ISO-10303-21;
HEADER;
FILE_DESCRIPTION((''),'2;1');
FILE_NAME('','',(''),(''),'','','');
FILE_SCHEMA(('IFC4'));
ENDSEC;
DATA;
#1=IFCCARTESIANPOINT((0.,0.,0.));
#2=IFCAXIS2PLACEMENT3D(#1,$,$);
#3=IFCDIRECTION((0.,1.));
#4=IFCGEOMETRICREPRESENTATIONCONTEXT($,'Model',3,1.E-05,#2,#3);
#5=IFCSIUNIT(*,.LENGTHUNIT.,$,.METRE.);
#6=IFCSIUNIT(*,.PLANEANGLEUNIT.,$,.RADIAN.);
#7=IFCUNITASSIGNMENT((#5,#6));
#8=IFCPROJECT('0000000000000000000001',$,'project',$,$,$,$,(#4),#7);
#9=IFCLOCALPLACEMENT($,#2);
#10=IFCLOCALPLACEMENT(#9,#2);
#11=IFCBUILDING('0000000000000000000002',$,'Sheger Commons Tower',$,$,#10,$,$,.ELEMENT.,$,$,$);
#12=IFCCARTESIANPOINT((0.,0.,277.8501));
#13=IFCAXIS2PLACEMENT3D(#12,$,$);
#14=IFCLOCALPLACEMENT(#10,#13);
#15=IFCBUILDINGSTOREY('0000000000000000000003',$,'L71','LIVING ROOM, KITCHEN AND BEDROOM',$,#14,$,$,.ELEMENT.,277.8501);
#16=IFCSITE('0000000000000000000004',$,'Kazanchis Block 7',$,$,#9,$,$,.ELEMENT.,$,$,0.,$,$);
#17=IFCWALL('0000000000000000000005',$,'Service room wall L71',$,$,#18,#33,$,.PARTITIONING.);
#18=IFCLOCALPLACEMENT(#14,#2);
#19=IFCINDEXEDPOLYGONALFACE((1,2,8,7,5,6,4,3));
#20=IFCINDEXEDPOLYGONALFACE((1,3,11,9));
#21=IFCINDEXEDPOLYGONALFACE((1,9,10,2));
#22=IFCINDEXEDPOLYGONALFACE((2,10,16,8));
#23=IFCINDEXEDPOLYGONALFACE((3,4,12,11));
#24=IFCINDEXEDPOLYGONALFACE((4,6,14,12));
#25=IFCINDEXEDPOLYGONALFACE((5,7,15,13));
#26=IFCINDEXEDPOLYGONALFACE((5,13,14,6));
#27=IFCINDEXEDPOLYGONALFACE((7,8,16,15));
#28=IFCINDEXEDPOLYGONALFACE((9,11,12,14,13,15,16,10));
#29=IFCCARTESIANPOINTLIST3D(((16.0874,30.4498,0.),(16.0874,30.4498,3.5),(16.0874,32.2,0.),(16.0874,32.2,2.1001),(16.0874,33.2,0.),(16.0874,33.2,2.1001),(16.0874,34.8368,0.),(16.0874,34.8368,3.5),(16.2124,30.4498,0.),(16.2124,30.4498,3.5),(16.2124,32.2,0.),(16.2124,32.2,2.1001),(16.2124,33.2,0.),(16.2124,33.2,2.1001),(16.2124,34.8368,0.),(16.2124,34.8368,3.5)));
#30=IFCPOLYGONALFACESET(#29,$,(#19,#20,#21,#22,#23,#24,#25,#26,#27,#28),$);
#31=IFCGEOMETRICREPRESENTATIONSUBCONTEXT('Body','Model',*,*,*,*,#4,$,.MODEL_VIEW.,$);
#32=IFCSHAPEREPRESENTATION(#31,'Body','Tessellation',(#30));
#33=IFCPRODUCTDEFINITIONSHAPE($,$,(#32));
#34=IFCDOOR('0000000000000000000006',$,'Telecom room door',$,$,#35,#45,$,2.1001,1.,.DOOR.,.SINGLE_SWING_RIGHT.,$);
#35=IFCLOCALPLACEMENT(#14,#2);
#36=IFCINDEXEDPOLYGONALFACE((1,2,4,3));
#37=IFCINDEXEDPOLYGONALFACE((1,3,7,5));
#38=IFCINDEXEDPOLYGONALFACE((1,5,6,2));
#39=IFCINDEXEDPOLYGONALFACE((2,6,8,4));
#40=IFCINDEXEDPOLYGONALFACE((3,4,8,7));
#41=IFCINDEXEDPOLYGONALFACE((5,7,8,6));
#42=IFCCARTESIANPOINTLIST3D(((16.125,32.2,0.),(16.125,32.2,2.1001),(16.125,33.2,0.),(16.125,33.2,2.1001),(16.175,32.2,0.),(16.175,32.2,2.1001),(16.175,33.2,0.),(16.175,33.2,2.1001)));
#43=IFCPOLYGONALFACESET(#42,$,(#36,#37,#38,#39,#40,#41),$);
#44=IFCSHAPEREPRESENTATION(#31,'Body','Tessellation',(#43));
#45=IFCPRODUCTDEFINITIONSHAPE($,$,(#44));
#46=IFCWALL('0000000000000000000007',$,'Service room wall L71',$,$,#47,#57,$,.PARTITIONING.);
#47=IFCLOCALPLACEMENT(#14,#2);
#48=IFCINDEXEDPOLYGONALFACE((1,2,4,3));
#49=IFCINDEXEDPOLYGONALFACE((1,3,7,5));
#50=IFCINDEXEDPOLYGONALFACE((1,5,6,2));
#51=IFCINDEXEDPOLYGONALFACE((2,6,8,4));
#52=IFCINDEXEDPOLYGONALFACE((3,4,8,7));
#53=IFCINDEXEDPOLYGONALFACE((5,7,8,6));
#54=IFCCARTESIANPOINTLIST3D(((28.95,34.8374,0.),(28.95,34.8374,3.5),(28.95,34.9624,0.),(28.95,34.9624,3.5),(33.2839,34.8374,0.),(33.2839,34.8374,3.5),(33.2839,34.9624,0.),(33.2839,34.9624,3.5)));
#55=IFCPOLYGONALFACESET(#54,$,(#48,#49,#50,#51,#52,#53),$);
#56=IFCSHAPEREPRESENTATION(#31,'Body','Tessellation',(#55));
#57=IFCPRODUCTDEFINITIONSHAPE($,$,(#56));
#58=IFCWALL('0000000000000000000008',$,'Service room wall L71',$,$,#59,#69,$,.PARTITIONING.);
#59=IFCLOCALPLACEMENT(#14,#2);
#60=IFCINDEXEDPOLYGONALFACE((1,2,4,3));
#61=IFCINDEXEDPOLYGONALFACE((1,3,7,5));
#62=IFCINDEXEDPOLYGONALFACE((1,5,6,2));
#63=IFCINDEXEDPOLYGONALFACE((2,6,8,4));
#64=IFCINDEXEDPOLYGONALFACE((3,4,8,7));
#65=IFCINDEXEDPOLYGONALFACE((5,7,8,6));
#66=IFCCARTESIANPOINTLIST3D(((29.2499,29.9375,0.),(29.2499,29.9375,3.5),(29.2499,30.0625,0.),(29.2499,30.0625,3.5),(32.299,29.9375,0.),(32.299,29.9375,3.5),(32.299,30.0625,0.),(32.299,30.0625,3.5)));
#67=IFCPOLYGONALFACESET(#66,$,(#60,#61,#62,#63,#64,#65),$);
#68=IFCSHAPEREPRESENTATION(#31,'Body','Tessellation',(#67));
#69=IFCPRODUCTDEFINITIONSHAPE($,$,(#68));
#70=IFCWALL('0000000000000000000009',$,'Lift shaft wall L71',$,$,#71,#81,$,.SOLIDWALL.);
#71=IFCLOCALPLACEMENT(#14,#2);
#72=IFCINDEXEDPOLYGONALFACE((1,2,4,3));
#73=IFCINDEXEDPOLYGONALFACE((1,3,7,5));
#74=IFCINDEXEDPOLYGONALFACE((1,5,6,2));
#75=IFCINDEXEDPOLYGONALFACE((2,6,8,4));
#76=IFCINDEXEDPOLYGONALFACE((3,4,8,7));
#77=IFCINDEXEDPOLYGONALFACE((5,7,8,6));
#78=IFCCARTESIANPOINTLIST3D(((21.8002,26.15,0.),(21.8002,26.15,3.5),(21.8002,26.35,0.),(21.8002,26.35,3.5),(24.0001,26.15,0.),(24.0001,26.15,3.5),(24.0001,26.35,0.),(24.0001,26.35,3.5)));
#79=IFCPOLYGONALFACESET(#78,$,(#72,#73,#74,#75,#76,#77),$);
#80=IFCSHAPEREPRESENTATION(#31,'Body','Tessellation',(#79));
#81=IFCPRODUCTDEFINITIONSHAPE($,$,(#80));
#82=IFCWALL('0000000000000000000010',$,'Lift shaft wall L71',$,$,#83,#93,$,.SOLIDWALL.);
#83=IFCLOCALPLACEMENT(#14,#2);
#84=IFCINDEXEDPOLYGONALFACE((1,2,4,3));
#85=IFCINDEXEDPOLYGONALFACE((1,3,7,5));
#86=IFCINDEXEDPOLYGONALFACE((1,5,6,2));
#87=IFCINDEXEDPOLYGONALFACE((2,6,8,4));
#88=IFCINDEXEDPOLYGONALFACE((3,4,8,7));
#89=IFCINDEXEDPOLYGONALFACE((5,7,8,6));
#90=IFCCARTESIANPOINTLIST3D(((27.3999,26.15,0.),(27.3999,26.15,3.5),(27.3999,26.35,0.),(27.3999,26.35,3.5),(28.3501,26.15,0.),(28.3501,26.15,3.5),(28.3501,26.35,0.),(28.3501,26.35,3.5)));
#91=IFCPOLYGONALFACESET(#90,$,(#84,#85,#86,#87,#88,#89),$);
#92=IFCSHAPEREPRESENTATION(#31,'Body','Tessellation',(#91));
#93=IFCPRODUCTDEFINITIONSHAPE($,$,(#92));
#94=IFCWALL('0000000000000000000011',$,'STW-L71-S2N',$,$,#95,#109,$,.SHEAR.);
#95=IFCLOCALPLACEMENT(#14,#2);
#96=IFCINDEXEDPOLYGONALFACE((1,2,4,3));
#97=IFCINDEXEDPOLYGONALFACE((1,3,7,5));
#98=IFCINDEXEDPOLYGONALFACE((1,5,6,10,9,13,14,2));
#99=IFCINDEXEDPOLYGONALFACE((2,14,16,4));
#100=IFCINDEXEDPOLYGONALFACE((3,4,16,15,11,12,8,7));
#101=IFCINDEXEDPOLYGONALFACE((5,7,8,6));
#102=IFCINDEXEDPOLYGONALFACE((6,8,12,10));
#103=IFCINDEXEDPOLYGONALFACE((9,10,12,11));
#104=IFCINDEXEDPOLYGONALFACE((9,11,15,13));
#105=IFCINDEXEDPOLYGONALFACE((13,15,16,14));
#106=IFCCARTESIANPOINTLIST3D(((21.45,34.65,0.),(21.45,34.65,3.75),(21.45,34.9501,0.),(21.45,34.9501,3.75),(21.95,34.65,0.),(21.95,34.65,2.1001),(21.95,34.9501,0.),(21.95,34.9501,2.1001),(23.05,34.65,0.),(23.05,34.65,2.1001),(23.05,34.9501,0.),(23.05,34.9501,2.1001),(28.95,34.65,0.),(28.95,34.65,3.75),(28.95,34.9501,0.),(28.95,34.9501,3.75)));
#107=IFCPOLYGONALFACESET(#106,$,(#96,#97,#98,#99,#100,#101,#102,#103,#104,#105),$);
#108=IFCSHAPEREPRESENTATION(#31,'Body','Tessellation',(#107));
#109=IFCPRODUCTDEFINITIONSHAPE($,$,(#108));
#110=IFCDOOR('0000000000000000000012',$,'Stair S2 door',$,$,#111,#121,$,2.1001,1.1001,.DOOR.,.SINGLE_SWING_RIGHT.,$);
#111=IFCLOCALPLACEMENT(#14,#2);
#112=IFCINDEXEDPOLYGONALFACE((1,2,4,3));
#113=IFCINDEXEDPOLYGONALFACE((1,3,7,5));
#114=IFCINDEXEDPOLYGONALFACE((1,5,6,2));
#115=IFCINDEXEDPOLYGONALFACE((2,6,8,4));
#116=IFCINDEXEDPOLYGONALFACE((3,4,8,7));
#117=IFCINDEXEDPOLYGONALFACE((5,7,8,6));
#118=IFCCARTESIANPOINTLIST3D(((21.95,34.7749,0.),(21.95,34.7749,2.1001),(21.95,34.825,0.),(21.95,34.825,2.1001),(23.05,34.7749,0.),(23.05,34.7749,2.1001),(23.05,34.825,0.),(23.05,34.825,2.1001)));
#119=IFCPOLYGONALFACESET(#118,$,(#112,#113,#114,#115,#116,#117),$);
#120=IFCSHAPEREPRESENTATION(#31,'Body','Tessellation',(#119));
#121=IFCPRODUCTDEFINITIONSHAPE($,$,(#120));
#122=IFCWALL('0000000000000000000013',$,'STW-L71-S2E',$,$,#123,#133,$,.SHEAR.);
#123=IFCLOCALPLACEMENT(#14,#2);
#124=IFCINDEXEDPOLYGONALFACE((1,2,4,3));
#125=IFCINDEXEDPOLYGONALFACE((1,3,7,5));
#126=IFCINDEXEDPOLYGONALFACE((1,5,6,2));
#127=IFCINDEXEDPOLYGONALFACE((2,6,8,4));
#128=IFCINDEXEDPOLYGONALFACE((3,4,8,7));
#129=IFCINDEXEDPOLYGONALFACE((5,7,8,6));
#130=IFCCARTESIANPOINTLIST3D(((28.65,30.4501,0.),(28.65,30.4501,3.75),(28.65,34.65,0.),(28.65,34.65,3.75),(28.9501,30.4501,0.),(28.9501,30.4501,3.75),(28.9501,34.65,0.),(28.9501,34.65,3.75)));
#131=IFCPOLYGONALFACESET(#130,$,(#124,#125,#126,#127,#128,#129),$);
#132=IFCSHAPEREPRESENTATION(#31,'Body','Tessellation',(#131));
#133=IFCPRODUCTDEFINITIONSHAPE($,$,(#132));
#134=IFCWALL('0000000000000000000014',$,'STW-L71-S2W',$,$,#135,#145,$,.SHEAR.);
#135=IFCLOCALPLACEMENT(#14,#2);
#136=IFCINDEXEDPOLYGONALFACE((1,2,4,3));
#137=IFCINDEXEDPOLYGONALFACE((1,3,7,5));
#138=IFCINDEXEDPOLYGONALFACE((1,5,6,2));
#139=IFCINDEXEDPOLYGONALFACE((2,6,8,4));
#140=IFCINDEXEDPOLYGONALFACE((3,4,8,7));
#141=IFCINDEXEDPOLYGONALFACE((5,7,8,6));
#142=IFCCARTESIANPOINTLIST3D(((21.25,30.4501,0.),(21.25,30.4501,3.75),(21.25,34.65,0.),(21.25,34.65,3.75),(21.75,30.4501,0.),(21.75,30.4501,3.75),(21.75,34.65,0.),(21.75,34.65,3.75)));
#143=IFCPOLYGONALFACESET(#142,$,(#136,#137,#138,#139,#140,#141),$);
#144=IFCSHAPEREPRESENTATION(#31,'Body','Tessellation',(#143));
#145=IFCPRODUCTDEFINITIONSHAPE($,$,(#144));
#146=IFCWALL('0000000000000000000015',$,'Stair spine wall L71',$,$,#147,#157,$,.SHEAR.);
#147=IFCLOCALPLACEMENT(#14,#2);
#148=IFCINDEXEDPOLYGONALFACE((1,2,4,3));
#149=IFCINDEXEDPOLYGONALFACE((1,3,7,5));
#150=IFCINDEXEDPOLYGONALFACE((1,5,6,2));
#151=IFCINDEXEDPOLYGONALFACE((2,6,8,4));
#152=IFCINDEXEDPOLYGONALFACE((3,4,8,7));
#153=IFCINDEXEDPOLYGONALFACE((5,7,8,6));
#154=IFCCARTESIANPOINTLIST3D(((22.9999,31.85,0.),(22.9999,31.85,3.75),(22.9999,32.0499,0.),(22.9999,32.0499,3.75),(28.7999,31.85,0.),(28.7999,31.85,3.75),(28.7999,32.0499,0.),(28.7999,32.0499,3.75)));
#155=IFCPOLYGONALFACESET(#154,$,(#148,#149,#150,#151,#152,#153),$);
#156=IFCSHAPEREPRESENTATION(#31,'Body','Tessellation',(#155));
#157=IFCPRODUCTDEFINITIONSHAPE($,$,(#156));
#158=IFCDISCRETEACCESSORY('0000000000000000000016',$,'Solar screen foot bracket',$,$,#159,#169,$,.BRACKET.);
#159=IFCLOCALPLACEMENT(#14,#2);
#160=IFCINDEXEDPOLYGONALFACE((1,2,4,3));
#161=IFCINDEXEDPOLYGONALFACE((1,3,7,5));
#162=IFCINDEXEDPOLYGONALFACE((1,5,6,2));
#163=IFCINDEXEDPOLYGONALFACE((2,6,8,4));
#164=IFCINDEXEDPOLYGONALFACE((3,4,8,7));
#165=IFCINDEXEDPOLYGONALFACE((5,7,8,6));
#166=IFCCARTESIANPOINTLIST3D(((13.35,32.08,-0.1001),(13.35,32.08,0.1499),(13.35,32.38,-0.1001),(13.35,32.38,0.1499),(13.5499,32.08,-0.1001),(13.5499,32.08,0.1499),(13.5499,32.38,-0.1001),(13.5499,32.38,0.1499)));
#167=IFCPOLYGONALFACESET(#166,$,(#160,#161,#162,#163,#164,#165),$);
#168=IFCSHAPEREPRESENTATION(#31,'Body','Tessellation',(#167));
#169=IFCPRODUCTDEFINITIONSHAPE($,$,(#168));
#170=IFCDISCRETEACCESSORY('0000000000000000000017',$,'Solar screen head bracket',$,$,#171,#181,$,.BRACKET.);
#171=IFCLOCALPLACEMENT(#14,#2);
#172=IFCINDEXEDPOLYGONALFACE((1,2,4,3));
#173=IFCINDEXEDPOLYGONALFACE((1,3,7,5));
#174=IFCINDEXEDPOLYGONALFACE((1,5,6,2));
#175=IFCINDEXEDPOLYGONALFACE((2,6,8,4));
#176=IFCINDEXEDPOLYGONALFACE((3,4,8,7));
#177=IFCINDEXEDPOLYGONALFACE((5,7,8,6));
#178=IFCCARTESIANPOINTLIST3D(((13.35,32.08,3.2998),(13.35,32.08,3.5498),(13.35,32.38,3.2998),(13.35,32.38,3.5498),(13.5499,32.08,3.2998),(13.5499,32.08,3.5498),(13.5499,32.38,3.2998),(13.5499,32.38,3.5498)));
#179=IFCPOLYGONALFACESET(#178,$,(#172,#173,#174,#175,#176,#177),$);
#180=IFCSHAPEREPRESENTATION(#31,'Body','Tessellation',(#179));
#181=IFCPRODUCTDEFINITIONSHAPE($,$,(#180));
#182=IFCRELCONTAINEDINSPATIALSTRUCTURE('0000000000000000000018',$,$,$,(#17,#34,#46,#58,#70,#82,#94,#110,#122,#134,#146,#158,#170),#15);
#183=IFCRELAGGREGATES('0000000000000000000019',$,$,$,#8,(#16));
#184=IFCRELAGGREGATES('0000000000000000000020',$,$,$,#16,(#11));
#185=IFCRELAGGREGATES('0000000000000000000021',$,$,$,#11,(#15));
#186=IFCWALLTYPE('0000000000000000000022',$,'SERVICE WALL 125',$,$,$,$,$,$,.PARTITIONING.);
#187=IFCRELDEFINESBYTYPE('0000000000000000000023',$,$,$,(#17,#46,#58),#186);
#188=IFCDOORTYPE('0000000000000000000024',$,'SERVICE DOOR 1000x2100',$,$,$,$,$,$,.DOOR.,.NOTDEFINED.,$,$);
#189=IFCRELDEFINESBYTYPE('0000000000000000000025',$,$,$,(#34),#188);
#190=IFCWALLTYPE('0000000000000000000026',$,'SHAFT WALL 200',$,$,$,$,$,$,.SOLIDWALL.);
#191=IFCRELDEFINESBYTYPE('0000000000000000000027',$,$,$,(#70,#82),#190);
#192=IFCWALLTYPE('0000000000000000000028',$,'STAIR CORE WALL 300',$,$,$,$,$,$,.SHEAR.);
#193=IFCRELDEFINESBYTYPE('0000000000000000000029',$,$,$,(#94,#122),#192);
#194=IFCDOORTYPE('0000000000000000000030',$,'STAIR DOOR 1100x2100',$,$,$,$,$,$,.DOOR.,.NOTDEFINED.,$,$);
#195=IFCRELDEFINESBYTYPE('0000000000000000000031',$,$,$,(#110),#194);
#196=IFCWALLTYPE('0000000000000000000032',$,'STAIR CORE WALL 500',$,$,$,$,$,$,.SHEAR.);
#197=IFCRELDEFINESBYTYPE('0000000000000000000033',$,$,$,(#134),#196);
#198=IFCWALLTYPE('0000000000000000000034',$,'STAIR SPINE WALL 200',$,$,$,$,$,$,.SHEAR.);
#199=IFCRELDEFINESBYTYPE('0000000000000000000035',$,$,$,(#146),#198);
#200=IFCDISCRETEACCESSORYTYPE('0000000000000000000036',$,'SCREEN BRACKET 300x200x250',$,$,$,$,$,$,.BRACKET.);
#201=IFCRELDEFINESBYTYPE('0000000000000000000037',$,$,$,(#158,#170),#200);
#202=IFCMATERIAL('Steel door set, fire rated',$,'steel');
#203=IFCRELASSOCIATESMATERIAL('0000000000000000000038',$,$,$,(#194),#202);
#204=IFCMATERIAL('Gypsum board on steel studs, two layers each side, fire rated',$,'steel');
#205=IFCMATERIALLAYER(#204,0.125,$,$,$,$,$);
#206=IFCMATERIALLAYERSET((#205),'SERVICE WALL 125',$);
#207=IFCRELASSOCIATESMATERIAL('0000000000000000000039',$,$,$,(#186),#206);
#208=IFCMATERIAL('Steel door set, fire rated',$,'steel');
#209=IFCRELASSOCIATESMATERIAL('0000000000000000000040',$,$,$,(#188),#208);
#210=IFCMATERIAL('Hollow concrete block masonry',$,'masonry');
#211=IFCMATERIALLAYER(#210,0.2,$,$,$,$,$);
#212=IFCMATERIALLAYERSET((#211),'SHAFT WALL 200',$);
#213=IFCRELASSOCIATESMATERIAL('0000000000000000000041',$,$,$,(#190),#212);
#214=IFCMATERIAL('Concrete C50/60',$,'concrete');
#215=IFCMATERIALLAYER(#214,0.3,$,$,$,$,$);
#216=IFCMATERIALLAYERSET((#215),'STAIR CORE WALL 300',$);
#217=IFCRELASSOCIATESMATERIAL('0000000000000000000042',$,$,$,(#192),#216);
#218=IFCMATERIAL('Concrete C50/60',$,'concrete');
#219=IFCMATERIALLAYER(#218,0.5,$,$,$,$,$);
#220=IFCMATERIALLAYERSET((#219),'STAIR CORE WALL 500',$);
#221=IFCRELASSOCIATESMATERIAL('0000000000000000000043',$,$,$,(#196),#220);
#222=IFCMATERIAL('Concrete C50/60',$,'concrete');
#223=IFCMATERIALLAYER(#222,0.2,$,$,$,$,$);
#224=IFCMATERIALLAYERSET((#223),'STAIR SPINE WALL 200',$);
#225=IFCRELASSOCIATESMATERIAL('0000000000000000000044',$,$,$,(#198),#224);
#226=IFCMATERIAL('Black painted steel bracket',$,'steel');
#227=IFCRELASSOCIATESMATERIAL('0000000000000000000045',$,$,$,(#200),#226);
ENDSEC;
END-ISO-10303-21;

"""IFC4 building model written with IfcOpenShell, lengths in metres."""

from ifc_helpers import new_model, si_unit, direction, frame, frame_2d, origin, origin_2d, place, context, subcontext, project, spatial, rectangle, extrude, material, layer, layer_set, type_object, element, fill, save


model = new_model("IFC4")

# Units and contexts
model_context = context("Model", 3, precision=1e-05, world=origin(), true_north=direction((0.0, 1.0)))
body_context = subcontext(model_context, "Body", "Model", "MODEL_VIEW")
ifc_project = project(units=[si_unit("LENGTHUNIT", "METRE"), si_unit("PLANEANGLEUNIT", "RADIAN")], contexts=[model_context])

# Site, building, storey
site_placement = place(None, origin())
site = spatial("IfcSite", under=ifc_project, at=site_placement, Name="Kazanchis Block 7", CompositionType="ELEMENT", RefElevation=0.0)
building_placement = place(site_placement, origin())
building = spatial("IfcBuilding", under=site, at=building_placement, Name="Sheger Commons Tower", CompositionType="ELEMENT")
storey_placement = place(building_placement, frame((0.0, 0.0, 277.8501)))
storey = spatial("IfcBuildingStorey", under=building, at=storey_placement, Name="L71", Description="LIVING ROOM, KITCHEN AND BEDROOM", CompositionType="ELEMENT", Elevation=277.8501)

# Shared definitions
ifc_material_1 = material(Name="Steel door set, fire rated", Category="steel")
door_type_1 = type_object("IfcDoorType", Name="STAIR DOOR 1100x2100", OperationType="NOTDEFINED", PredefinedType="DOOR", material=ifc_material_1)

# Wall, opening, door
ifc_material_2 = material(Name="Gypsum board on steel studs, two layers each side, fire rated", Category="steel")
ifc_layer_1 = layer(ifc_material_2, 0.125)
ifc_layer_set_1 = layer_set([ifc_layer_1], Name="SERVICE WALL 125")
wall_type_1 = type_object("IfcWallType", Name="SERVICE WALL 125", PredefinedType="PARTITIONING", material=ifc_layer_set_1)
wall_1_placement = place(storey_placement, frame((16.1499, 30.45, 0.0), z_axis=(0.0, 0.0, 1.0), x_axis=(0.0, 1.0, 0.0)))
wall_1 = element("IfcWall", 1, at=wall_1_placement, inside=storey, type_object=wall_type_1, Name="Service room wall L71", PredefinedType="PARTITIONING", context=body_context, shape_type="SweptSolid", body=[
    extrude(rectangle(XDim=4.387, YDim=0.125, at=frame_2d((2.1934, 0.0))), origin(), (0.0, 0.0, 1.0), 3.5),
])
opening_1_placement = place(wall_1_placement, frame((1.75, 0.0, 0.0)))
opening_1 = element("IfcOpeningElement", 2, at=opening_1_placement, cuts=wall_1, PredefinedType="OPENING", context=body_context, shape_type="SweptSolid", body=[
    extrude(rectangle(XDim=1.0, YDim=2.1001, at=frame_2d((0.5, 1.05))), frame((0.0, 0.0725, 0.0), z_axis=(0.0, -1.0, 0.0), x_axis=(1.0, 0.0, 0.0)), (0.0, 0.0, 1.0), 0.145),
])
ifc_material_3 = material(Name="Steel door set, fire rated", Category="steel")
door_type_2 = type_object("IfcDoorType", Name="SERVICE DOOR 1000x2100", OperationType="NOTDEFINED", PredefinedType="DOOR", material=ifc_material_3)
door_1_placement = place(opening_1_placement, origin())
door_1 = element("IfcDoor", 3, at=door_1_placement, inside=storey, type_object=door_type_2, Name="Telecom room door", OperationType="SINGLE_SWING_RIGHT", OverallHeight=2.1001, OverallWidth=1.0, PredefinedType="DOOR", context=body_context, shape_type="SweptSolid", body=[
    extrude(rectangle(XDim=1.0, YDim=2.1001, at=frame_2d((0.5, 1.05))), frame((0.0, 0.0249, 0.0), z_axis=(0.0, -1.0, 0.0), x_axis=(1.0, 0.0, 0.0)), (0.0, 0.0, 1.0), 0.05),
])
fill(opening_1, door_1)

# Walls
wall_2_placement = place(storey_placement, frame((28.95, 34.8999, 0.0), z_axis=(0.0, 0.0, 1.0), x_axis=(1.0, 0.0, 0.0)))
element("IfcWall", 4, at=wall_2_placement, inside=storey, type_object=wall_type_1, Name="Service room wall L71", PredefinedType="PARTITIONING", context=body_context, shape_type="SweptSolid", body=[
    extrude(rectangle(XDim=4.334, YDim=0.125, at=frame_2d((2.167, 0.0))), origin(), (0.0, 0.0, 1.0), 3.5),
])
wall_3_placement = place(storey_placement, frame((29.25, 30.0, 0.0), z_axis=(0.0, 0.0, 1.0), x_axis=(1.0, 0.0, 0.0)))
element("IfcWall", 5, at=wall_3_placement, inside=storey, type_object=wall_type_1, Name="Service room wall L71", PredefinedType="PARTITIONING", context=body_context, shape_type="SweptSolid", body=[
    extrude(rectangle(XDim=3.0491, YDim=0.125, at=frame_2d((1.5244, 0.0))), origin(), (0.0, 0.0, 1.0), 3.5),
])
ifc_material_4 = material(Name="Hollow concrete block masonry", Category="masonry")
ifc_layer_2 = layer(ifc_material_4, 0.2)
ifc_layer_set_2 = layer_set([ifc_layer_2], Name="SHAFT WALL 200")
wall_type_2 = type_object("IfcWallType", Name="SHAFT WALL 200", PredefinedType="SOLIDWALL", material=ifc_layer_set_2)
wall_4_placement = place(storey_placement, frame((21.8, 26.25, 0.0), z_axis=(0.0, 0.0, 1.0), x_axis=(1.0, 0.0, 0.0)))
element("IfcWall", 6, at=wall_4_placement, inside=storey, type_object=wall_type_2, Name="Lift shaft wall L71", PredefinedType="SOLIDWALL", context=body_context, shape_type="SweptSolid", body=[
    extrude(rectangle(XDim=2.2, YDim=0.2, at=frame_2d((1.1001, 0.0))), origin(), (0.0, 0.0, 1.0), 3.5),
])
wall_5_placement = place(storey_placement, frame((27.3999, 26.25, 0.0), z_axis=(0.0, 0.0, 1.0), x_axis=(1.0, 0.0, 0.0)))
element("IfcWall", 7, at=wall_5_placement, inside=storey, type_object=wall_type_2, Name="Lift shaft wall L71", PredefinedType="SOLIDWALL", context=body_context, shape_type="SweptSolid", body=[
    extrude(rectangle(XDim=0.9502, YDim=0.2, at=frame_2d((0.4751, 0.0))), origin(), (0.0, 0.0, 1.0), 3.5),
])

# Wall, opening, door
ifc_material_5 = material(Name="Concrete C50/60", Category="concrete")
ifc_layer_3 = layer(ifc_material_5, 0.3)
ifc_layer_set_3 = layer_set([ifc_layer_3], Name="STAIR CORE WALL 300")
wall_type_3 = type_object("IfcWallType", Name="STAIR CORE WALL 300", PredefinedType="SHEAR", material=ifc_layer_set_3)
wall_6_placement = place(storey_placement, frame((21.45, 34.8, 0.0), z_axis=(0.0, 0.0, 1.0), x_axis=(1.0, 0.0, 0.0)))
wall_6 = element("IfcWall", 8, at=wall_6_placement, inside=storey, type_object=wall_type_3, Name="STW-L71-S2N", PredefinedType="SHEAR", context=body_context, shape_type="SweptSolid", body=[
    extrude(rectangle(XDim=7.5, YDim=0.3, at=frame_2d((3.75, 0.0))), origin(), (0.0, 0.0, 1.0), 3.75),
])
opening_2_placement = place(wall_6_placement, frame((0.5, 0.0, 0.0)))
opening_2 = element("IfcOpeningElement", 9, at=opening_2_placement, cuts=wall_6, PredefinedType="OPENING", context=body_context, shape_type="SweptSolid", body=[
    extrude(rectangle(XDim=1.1001, YDim=2.1001, at=frame_2d((0.55, 1.05))), frame((0.0, 0.1599, 0.0), z_axis=(0.0, -1.0, 0.0), x_axis=(1.0, 0.0, 0.0)), (0.0, 0.0, 1.0), 0.3201),
])
door_2_placement = place(opening_2_placement, origin())
door_2 = element("IfcDoor", 10, at=door_2_placement, inside=storey, type_object=door_type_1, Name="Stair S2 door", OperationType="SINGLE_SWING_RIGHT", OverallHeight=2.1001, OverallWidth=1.1001, PredefinedType="DOOR", context=body_context, shape_type="SweptSolid", body=[
    extrude(rectangle(XDim=1.1001, YDim=2.1001, at=frame_2d((0.55, 1.05))), frame((0.0, 0.0249, 0.0), z_axis=(0.0, -1.0, 0.0), x_axis=(1.0, 0.0, 0.0)), (0.0, 0.0, 1.0), 0.05),
])
fill(opening_2, door_2)

# Walls
wall_7_placement = place(storey_placement, frame((28.8, 30.45, 0.0), z_axis=(0.0, 0.0, 1.0), x_axis=(0.0, 1.0, 0.0)))
element("IfcWall", 11, at=wall_7_placement, inside=storey, type_object=wall_type_3, Name="STW-L71-S2E", PredefinedType="SHEAR", context=body_context, shape_type="SweptSolid", body=[
    extrude(rectangle(XDim=4.2, YDim=0.3, at=frame_2d((2.1001, 0.0))), origin(), (0.0, 0.0, 1.0), 3.75),
])
ifc_material_6 = material(Name="Concrete C50/60", Category="concrete")
ifc_layer_4 = layer(ifc_material_6, 0.5)
ifc_layer_set_4 = layer_set([ifc_layer_4], Name="STAIR CORE WALL 500")
wall_type_4 = type_object("IfcWallType", Name="STAIR CORE WALL 500", PredefinedType="SHEAR", material=ifc_layer_set_4)
wall_8_placement = place(storey_placement, frame((21.5, 30.45, 0.0), z_axis=(0.0, 0.0, 1.0), x_axis=(0.0, 1.0, 0.0)))
element("IfcWall", 12, at=wall_8_placement, inside=storey, type_object=wall_type_4, Name="STW-L71-S2W", PredefinedType="SHEAR", context=body_context, shape_type="SweptSolid", body=[
    extrude(rectangle(XDim=4.2, YDim=0.5, at=frame_2d((2.1001, 0.0))), origin(), (0.0, 0.0, 1.0), 3.75),
])
ifc_material_7 = material(Name="Concrete C50/60", Category="concrete")
ifc_layer_5 = layer(ifc_material_7, 0.2)
ifc_layer_set_5 = layer_set([ifc_layer_5], Name="STAIR SPINE WALL 200")
wall_type_5 = type_object("IfcWallType", Name="STAIR SPINE WALL 200", PredefinedType="SHEAR", material=ifc_layer_set_5)
wall_9_placement = place(storey_placement, frame((23.0, 31.95, 0.0), z_axis=(0.0, 0.0, 1.0), x_axis=(1.0, 0.0, 0.0)))
element("IfcWall", 13, at=wall_9_placement, inside=storey, type_object=wall_type_5, Name="Stair spine wall L71", PredefinedType="SHEAR", context=body_context, shape_type="SweptSolid", body=[
    extrude(rectangle(XDim=5.8, YDim=0.2, at=frame_2d((2.8999, 0.0))), origin(), (0.0, 0.0, 1.0), 3.75),
])

# Discrete accessories
ifc_material_8 = material(Name="Black painted steel bracket", Category="steel")
discrete_accessory_type = type_object("IfcDiscreteAccessoryType", Name="SCREEN BRACKET 300x200x250", PredefinedType="BRACKET", material=ifc_material_8)
for number, where, z_axis, x_axis, name in (
    (14, (13.45, 32.23, -0.1001), (0.0, 0.0, 1.0), (0.0, -1.0, 0.0), "Solar screen foot bracket"),
    (15, (13.45, 32.23, 3.2998), (0.0, 0.0, 1.0), (0.0, -1.0, 0.0), "Solar screen head bracket"),
):
    element("IfcDiscreteAccessory", number, at=place(storey_placement, frame(where, z_axis=z_axis, x_axis=x_axis)), inside=storey, type_object=discrete_accessory_type, Name=name, PredefinedType="BRACKET", context=body_context, shape_type="SweptSolid", body=[
        extrude(rectangle(XDim=0.3, YDim=0.2, at=origin_2d()), origin(), (0.0, 0.0, 1.0), 0.25),
    ])

save(model, "model.ifc")
